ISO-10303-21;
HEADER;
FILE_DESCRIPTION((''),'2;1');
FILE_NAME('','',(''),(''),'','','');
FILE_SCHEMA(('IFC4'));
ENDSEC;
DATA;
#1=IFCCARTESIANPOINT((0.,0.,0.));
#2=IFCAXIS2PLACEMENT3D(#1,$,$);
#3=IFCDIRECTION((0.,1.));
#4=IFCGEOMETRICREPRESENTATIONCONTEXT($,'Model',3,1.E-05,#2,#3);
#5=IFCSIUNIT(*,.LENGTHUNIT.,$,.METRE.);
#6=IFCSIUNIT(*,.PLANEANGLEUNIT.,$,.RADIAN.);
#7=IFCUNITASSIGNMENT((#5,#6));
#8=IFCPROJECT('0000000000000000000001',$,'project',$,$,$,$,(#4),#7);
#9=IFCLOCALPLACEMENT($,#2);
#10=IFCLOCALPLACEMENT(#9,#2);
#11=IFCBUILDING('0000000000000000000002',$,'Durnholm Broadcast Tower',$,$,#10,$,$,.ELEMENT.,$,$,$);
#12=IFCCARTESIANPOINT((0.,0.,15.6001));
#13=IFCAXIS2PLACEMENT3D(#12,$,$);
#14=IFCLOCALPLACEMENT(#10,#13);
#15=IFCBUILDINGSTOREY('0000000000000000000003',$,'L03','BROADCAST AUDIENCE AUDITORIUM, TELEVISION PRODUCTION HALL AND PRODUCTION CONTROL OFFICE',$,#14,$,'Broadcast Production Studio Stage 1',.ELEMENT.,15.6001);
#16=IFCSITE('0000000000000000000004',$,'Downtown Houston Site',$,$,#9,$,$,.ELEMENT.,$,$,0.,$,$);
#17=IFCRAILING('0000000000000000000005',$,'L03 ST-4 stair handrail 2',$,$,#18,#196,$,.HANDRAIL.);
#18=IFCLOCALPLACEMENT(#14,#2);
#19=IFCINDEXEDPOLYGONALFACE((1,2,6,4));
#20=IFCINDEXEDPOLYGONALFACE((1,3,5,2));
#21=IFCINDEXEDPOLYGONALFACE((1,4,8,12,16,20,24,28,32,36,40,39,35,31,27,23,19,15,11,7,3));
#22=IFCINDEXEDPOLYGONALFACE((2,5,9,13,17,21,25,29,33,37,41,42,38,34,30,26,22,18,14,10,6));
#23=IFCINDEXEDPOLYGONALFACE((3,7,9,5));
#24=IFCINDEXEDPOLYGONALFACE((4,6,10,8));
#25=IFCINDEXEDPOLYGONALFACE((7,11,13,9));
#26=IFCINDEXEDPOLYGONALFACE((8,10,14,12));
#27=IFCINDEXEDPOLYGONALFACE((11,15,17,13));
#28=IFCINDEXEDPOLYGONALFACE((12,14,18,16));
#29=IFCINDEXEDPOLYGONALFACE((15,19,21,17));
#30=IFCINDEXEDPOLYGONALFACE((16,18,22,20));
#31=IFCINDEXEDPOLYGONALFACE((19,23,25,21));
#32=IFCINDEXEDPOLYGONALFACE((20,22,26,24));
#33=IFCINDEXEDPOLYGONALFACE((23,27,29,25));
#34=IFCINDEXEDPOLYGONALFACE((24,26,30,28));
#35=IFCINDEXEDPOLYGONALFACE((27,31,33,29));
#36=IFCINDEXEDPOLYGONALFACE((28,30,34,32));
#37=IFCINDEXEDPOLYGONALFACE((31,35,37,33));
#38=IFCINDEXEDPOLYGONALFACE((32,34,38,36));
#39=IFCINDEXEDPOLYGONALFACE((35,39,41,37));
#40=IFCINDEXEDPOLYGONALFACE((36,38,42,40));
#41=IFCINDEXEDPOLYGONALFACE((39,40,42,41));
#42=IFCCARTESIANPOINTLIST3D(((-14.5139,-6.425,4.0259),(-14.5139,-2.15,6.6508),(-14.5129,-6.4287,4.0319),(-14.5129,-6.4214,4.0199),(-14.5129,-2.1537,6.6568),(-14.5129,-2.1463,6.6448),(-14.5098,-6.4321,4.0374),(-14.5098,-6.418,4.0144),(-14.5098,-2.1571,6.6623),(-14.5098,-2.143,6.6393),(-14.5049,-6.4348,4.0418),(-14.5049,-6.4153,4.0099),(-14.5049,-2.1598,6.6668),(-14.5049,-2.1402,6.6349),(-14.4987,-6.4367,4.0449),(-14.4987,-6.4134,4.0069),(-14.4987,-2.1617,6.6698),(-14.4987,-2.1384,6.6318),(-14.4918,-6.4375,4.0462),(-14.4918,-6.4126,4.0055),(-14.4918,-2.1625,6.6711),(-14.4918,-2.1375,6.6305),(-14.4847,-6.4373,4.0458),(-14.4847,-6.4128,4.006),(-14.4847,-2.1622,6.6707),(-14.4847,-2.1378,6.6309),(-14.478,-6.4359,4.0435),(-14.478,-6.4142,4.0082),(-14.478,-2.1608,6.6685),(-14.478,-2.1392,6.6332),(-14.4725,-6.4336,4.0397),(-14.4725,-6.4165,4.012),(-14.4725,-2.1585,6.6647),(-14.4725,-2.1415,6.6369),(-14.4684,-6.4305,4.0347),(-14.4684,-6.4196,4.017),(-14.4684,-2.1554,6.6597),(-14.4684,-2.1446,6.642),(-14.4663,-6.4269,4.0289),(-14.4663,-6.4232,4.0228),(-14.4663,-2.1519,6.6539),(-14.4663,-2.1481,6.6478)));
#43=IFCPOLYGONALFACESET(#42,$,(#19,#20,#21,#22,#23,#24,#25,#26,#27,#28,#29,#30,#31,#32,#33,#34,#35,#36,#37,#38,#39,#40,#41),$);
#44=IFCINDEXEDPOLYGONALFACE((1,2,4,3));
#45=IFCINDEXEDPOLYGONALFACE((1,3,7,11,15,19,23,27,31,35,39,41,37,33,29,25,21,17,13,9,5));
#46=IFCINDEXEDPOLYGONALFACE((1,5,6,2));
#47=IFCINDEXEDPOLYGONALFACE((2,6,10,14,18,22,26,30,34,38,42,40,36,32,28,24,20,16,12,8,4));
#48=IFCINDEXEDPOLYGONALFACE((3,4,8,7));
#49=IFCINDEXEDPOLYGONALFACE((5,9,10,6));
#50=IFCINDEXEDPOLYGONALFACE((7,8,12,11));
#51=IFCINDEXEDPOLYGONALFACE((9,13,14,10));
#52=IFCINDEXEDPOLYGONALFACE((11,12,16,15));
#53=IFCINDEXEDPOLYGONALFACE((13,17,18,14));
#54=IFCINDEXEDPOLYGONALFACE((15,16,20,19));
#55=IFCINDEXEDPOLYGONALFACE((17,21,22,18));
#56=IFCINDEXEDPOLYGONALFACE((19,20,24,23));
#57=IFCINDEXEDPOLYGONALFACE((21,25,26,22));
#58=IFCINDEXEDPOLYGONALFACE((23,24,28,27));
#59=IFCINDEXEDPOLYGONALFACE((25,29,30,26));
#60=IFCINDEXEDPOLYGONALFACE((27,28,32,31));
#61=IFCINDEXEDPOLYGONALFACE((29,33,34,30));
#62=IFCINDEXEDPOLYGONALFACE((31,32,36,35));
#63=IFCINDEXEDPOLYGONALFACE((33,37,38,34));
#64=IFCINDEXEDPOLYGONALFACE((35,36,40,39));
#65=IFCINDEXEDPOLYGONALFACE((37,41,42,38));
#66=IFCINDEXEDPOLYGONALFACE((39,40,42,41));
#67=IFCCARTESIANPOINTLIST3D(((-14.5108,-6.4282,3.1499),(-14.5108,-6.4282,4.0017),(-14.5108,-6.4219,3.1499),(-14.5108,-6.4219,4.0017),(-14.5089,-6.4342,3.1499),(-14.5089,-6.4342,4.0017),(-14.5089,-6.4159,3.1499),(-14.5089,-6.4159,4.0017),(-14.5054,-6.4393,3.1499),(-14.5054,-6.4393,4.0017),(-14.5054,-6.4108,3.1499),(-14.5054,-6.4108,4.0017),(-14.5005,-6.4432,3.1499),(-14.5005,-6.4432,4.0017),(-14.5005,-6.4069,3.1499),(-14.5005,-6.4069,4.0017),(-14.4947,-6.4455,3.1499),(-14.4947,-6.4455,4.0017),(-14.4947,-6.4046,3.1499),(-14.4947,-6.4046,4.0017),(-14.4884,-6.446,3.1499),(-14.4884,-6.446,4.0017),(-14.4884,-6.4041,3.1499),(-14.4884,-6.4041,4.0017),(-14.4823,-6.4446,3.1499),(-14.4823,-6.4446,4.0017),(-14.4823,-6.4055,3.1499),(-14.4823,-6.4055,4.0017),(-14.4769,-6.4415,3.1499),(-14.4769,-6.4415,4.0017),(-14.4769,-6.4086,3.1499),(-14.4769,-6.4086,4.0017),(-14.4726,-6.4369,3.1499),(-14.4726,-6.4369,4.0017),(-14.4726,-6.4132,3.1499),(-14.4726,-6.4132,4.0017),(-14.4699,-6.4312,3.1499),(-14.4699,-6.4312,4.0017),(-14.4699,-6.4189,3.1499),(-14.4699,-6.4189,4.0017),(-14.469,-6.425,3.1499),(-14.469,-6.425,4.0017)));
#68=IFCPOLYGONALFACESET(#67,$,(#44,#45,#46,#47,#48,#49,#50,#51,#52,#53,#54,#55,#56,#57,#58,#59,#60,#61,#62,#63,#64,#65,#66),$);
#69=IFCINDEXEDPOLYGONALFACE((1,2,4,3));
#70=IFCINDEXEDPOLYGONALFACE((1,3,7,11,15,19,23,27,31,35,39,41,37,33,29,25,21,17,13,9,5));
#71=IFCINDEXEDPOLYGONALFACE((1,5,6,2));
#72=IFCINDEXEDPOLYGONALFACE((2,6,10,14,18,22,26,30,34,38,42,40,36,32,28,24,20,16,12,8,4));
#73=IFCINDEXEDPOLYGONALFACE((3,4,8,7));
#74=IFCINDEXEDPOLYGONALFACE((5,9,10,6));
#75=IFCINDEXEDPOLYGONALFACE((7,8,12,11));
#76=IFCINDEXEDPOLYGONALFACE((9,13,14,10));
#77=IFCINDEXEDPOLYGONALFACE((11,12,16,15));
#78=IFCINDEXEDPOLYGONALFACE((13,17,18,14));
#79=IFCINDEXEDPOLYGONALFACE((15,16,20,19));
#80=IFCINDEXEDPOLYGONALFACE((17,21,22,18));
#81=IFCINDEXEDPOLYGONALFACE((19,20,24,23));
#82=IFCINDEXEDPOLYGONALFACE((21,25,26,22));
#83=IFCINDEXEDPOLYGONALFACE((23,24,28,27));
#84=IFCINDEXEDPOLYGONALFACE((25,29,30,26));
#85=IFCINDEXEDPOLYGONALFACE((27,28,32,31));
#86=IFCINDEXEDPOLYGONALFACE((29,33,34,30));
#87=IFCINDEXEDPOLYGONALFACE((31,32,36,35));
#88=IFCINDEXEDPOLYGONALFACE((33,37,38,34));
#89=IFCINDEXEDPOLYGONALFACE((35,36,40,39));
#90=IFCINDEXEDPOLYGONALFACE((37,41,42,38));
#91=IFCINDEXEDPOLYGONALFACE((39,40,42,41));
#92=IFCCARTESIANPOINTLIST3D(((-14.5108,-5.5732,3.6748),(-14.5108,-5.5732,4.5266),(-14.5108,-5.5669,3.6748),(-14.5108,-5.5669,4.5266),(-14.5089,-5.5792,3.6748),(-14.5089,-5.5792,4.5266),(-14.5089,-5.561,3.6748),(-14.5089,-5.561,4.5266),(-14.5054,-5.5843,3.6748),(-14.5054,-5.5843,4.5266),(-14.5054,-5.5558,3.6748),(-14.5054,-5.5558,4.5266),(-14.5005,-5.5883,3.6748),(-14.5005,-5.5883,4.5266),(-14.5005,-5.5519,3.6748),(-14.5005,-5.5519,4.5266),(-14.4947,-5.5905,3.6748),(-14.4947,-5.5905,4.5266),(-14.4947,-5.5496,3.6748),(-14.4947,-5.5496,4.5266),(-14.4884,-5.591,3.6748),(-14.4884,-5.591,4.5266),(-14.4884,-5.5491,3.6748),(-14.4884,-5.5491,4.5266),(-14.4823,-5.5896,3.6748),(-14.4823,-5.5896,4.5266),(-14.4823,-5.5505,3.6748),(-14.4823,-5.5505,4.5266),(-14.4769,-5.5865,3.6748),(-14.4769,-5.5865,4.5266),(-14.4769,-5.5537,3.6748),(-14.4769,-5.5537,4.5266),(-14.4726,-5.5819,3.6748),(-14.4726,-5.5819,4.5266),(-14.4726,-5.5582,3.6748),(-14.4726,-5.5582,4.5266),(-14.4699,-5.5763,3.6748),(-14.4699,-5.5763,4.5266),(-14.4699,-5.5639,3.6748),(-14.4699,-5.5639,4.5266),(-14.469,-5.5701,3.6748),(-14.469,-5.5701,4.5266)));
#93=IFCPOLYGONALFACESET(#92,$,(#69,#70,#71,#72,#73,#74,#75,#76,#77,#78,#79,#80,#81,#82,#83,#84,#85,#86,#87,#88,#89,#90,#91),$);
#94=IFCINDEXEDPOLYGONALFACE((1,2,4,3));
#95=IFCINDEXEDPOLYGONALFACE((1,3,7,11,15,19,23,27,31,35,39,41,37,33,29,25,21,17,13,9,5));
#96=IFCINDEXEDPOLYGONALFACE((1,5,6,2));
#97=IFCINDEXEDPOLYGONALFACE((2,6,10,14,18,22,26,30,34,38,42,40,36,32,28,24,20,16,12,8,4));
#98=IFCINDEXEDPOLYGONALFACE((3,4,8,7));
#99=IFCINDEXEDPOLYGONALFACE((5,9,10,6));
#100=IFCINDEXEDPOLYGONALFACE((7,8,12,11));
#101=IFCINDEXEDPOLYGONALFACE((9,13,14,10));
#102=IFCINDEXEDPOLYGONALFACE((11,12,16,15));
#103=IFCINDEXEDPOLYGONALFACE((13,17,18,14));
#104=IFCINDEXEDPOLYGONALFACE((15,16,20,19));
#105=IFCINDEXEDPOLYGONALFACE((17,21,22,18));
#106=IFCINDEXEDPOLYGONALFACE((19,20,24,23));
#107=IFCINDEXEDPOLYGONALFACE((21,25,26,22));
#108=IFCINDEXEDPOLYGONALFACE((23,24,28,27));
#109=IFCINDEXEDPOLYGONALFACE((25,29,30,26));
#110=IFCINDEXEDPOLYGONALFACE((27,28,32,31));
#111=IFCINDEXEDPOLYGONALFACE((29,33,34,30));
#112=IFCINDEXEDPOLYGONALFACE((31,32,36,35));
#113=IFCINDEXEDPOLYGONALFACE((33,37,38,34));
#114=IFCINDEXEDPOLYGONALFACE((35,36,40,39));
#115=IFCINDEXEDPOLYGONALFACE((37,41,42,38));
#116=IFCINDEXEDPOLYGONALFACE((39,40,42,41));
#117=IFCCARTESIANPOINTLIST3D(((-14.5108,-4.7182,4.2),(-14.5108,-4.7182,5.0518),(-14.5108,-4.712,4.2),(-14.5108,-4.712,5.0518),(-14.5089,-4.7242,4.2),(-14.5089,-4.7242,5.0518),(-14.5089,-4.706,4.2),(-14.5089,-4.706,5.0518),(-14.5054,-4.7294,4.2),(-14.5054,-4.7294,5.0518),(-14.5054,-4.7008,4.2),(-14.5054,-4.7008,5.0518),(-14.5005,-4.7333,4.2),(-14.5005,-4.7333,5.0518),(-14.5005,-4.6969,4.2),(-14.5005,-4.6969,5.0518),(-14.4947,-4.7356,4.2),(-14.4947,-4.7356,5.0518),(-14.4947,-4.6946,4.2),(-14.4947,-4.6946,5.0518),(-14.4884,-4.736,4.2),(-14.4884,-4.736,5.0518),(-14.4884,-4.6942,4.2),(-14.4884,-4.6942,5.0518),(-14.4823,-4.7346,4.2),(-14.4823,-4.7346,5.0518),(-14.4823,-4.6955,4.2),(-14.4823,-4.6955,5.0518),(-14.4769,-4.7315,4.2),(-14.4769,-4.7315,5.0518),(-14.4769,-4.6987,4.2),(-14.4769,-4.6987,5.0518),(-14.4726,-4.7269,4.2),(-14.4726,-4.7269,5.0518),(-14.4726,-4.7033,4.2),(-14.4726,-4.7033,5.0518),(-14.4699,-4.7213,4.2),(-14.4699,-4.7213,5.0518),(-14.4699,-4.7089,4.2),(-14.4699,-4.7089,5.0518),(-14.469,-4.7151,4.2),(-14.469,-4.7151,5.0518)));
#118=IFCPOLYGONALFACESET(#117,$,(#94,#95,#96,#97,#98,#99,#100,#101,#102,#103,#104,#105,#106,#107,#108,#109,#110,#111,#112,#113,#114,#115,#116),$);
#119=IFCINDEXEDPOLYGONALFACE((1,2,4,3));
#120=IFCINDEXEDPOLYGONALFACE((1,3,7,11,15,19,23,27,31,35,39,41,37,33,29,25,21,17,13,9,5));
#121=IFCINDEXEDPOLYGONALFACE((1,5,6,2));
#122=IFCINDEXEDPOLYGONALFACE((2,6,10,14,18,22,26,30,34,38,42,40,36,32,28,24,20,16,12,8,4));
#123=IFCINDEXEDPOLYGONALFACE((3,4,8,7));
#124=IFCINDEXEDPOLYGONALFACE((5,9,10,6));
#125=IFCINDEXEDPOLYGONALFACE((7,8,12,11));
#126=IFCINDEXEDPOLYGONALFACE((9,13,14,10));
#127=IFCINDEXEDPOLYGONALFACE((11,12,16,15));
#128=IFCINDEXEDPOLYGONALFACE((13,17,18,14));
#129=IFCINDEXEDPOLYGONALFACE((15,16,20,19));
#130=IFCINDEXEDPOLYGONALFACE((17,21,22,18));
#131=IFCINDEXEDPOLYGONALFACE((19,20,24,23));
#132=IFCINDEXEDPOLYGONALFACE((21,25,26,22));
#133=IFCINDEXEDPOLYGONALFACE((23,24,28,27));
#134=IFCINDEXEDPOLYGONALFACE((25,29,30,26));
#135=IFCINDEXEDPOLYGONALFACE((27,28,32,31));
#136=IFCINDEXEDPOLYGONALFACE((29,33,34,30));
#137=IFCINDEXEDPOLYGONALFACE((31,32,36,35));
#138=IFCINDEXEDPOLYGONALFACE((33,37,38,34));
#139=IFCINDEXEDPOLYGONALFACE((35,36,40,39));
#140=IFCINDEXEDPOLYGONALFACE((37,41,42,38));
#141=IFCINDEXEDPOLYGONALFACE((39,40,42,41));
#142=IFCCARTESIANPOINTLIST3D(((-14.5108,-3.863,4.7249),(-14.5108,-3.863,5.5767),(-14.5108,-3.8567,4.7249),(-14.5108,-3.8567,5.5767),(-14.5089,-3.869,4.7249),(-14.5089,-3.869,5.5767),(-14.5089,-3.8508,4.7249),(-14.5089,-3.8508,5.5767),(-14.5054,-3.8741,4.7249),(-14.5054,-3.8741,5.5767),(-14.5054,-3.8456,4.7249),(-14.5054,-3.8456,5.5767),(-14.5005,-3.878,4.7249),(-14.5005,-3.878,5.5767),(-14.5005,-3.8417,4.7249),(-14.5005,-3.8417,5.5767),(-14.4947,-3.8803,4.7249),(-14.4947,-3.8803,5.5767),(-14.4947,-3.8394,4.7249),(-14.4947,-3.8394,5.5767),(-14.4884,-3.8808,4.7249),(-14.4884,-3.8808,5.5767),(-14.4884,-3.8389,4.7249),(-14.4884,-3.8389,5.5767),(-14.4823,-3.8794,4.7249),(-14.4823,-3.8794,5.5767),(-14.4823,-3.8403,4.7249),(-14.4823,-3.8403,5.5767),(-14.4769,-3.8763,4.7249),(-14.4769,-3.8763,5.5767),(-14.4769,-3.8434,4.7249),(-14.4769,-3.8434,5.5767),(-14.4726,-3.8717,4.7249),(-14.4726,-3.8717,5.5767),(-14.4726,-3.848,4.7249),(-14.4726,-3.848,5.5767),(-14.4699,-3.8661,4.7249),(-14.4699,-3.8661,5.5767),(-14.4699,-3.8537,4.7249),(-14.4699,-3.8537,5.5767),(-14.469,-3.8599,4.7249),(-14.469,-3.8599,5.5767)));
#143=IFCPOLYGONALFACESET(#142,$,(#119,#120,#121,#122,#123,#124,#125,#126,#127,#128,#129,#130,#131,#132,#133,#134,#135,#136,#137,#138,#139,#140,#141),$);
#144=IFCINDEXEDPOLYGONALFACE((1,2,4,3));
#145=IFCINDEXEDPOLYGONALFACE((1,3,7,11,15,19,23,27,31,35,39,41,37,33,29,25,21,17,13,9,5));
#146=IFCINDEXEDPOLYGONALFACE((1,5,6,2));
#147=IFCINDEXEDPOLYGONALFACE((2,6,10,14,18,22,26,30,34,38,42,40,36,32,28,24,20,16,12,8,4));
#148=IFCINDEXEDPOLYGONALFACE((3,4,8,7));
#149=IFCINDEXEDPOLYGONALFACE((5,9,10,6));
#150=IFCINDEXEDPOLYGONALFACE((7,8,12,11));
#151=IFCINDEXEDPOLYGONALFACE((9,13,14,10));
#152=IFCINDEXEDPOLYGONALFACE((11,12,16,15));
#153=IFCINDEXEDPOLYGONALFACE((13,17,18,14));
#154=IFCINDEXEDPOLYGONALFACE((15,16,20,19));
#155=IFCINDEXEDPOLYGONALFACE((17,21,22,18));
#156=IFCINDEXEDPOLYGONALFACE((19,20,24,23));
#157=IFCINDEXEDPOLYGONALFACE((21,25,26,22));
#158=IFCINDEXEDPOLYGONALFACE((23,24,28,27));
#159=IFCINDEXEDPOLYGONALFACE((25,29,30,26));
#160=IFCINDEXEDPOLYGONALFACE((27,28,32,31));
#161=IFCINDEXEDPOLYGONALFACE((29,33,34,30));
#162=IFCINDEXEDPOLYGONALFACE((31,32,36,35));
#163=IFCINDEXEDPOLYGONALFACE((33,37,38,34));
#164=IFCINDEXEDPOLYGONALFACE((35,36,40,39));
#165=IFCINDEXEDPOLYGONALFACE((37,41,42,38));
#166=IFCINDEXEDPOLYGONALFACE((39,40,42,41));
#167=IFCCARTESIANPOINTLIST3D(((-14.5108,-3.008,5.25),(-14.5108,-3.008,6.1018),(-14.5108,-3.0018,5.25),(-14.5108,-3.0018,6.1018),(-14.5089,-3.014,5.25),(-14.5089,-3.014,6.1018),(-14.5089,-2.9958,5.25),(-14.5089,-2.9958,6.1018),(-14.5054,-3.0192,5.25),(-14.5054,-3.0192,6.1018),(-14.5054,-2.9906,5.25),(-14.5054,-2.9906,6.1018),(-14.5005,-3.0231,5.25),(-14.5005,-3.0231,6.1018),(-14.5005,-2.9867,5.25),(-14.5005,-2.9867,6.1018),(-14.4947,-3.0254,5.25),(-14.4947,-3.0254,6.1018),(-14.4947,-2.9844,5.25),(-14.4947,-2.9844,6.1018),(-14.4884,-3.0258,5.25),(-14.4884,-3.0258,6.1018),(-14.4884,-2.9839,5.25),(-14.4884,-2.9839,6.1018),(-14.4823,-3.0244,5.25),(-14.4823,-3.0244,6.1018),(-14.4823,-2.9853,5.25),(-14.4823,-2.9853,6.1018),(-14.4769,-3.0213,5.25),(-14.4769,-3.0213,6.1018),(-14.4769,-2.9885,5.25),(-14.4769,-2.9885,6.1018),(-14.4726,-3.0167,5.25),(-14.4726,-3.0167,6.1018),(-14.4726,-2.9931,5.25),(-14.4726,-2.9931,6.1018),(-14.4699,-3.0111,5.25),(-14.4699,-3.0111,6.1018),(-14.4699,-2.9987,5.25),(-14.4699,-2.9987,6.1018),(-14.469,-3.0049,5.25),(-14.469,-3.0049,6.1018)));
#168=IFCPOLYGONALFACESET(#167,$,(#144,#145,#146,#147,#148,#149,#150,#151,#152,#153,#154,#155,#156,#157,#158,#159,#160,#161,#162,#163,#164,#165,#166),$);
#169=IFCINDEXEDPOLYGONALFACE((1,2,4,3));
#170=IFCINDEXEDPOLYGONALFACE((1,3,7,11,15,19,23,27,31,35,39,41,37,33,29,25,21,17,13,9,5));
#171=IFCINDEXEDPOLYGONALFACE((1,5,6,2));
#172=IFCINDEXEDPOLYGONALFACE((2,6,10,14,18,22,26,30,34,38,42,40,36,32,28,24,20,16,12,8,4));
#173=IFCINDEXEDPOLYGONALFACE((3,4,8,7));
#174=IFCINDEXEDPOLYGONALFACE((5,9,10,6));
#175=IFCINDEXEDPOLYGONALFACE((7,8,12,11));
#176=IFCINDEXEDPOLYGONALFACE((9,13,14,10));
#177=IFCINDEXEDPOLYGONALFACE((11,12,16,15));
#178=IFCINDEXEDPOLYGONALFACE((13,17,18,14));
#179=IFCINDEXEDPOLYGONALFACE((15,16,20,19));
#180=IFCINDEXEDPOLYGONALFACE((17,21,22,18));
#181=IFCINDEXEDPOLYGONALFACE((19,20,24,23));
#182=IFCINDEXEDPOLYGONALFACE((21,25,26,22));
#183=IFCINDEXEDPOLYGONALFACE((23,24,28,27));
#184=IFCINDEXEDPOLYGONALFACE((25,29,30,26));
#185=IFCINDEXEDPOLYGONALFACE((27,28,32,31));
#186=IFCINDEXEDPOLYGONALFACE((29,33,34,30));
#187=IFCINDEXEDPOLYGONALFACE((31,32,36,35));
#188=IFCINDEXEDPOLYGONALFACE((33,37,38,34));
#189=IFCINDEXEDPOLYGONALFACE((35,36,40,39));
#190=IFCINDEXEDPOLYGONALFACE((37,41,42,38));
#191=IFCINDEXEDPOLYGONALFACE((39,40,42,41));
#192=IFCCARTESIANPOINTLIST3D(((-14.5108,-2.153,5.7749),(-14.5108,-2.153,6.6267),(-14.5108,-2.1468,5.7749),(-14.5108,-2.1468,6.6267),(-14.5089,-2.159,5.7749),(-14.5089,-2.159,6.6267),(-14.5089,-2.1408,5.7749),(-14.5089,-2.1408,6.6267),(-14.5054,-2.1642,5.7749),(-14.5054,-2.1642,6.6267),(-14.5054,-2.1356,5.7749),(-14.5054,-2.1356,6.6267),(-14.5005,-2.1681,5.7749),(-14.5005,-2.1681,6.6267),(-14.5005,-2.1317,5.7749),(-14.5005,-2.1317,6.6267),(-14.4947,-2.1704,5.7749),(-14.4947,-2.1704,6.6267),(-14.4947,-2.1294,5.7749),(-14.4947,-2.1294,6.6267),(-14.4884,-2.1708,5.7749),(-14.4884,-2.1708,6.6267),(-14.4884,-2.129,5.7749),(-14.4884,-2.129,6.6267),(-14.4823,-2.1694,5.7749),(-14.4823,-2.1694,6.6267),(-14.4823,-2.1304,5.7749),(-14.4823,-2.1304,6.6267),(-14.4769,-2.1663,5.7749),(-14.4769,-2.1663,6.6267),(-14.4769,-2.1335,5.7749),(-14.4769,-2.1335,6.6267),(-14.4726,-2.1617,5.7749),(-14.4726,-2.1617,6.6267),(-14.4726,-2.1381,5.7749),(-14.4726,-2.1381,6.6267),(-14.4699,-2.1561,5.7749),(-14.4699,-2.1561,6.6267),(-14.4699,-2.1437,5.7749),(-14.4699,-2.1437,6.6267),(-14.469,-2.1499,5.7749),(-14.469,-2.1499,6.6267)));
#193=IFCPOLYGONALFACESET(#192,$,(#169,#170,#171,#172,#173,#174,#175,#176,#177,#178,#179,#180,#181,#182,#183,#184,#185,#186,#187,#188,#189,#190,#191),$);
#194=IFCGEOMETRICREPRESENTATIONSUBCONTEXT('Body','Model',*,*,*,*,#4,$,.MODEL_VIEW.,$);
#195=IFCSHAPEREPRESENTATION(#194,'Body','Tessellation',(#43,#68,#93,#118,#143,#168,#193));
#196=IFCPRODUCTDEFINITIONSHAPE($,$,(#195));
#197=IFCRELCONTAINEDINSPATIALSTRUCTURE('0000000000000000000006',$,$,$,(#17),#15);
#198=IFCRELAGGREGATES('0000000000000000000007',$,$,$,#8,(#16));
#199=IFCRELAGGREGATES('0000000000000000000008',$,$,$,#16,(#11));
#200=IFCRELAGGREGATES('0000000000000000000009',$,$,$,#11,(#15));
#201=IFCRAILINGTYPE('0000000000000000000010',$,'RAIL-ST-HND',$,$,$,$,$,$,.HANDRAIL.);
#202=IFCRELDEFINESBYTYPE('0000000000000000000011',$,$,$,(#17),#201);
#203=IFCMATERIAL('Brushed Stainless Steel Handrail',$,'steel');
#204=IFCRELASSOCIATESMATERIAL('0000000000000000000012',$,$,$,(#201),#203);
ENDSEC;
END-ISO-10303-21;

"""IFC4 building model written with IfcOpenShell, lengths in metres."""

from ifc_helpers import new_model, si_unit, direction, frame, origin, origin_2d, place, context, subcontext, project, spatial, circle, extrude, material, type_object, element, save


model = new_model("IFC4")

# Units and contexts
model_context = context("Model", 3, precision=1e-05, world=origin(), true_north=direction((0.0, 1.0)))
body_context = subcontext(model_context, "Body", "Model", "MODEL_VIEW")
ifc_project = project(units=[si_unit("LENGTHUNIT", "METRE"), si_unit("PLANEANGLEUNIT", "RADIAN")], contexts=[model_context])

# Site, building, storey
site_placement = place(None, origin())
site = spatial("IfcSite", under=ifc_project, at=site_placement, Name="Downtown Houston Site", CompositionType="ELEMENT", RefElevation=0.0)
building_placement = place(site_placement, origin())
building = spatial("IfcBuilding", under=site, at=building_placement, Name="Durnholm Broadcast Tower", CompositionType="ELEMENT")
storey_placement = place(building_placement, frame((0.0, 0.0, 15.6001)))
storey = spatial("IfcBuildingStorey", under=building, at=storey_placement, Name="L03", Description="BROADCAST AUDIENCE AUDITORIUM, TELEVISION PRODUCTION HALL AND PRODUCTION CONTROL OFFICE", LongName="Broadcast Production Studio Stage 1", CompositionType="ELEMENT", Elevation=15.6001)

# Railing
ifc_material_1 = material(Name="Brushed Stainless Steel Handrail", Category="steel")
railing_type_1 = type_object("IfcRailingType", Name="RAIL-ST-HND", PredefinedType="HANDRAIL", material=ifc_material_1)
railing_1_placement = place(storey_placement, frame((-14.49, -6.425, 3.1499)))
element("IfcRailing", 1, at=railing_1_placement, inside=storey, type_object=railing_type_1, Name="L03 ST-4 stair handrail 2", PredefinedType="HANDRAIL", context=body_context, shape_type="SweptSolid", body=[
    extrude(circle(Radius=0.0239, at=origin_2d()), frame((0.0, 0.0, 0.876), z_axis=(0.0, 0.852179, 0.52325), x_axis=(-1.0, 0.0, 0.0)), (0.0, 0.0, 1.0), 5.0166),
    extrude(circle(Radius=0.021, at=origin_2d()), origin(), (0.0, 0.0, 1.0), 0.8518),
    extrude(circle(Radius=0.021, at=origin_2d()), frame((0.0, 0.855, 0.5249)), (0.0, 0.0, 1.0), 0.8518),
    extrude(circle(Radius=0.021, at=origin_2d()), frame((0.0, 1.71, 1.05)), (0.0, 0.0, 1.0), 0.8518),
    extrude(circle(Radius=0.021, at=origin_2d()), frame((0.0, 2.5652, 1.575)), (0.0, 0.0, 1.0), 0.8518),
    extrude(circle(Radius=0.021, at=origin_2d()), frame((0.0, 3.4202, 2.1001)), (0.0, 0.0, 1.0), 0.8518),
    extrude(circle(Radius=0.021, at=origin_2d()), frame((0.0, 4.2751, 2.625)), (0.0, 0.0, 1.0), 0.8518),
])

save(model, "model.ifc")
